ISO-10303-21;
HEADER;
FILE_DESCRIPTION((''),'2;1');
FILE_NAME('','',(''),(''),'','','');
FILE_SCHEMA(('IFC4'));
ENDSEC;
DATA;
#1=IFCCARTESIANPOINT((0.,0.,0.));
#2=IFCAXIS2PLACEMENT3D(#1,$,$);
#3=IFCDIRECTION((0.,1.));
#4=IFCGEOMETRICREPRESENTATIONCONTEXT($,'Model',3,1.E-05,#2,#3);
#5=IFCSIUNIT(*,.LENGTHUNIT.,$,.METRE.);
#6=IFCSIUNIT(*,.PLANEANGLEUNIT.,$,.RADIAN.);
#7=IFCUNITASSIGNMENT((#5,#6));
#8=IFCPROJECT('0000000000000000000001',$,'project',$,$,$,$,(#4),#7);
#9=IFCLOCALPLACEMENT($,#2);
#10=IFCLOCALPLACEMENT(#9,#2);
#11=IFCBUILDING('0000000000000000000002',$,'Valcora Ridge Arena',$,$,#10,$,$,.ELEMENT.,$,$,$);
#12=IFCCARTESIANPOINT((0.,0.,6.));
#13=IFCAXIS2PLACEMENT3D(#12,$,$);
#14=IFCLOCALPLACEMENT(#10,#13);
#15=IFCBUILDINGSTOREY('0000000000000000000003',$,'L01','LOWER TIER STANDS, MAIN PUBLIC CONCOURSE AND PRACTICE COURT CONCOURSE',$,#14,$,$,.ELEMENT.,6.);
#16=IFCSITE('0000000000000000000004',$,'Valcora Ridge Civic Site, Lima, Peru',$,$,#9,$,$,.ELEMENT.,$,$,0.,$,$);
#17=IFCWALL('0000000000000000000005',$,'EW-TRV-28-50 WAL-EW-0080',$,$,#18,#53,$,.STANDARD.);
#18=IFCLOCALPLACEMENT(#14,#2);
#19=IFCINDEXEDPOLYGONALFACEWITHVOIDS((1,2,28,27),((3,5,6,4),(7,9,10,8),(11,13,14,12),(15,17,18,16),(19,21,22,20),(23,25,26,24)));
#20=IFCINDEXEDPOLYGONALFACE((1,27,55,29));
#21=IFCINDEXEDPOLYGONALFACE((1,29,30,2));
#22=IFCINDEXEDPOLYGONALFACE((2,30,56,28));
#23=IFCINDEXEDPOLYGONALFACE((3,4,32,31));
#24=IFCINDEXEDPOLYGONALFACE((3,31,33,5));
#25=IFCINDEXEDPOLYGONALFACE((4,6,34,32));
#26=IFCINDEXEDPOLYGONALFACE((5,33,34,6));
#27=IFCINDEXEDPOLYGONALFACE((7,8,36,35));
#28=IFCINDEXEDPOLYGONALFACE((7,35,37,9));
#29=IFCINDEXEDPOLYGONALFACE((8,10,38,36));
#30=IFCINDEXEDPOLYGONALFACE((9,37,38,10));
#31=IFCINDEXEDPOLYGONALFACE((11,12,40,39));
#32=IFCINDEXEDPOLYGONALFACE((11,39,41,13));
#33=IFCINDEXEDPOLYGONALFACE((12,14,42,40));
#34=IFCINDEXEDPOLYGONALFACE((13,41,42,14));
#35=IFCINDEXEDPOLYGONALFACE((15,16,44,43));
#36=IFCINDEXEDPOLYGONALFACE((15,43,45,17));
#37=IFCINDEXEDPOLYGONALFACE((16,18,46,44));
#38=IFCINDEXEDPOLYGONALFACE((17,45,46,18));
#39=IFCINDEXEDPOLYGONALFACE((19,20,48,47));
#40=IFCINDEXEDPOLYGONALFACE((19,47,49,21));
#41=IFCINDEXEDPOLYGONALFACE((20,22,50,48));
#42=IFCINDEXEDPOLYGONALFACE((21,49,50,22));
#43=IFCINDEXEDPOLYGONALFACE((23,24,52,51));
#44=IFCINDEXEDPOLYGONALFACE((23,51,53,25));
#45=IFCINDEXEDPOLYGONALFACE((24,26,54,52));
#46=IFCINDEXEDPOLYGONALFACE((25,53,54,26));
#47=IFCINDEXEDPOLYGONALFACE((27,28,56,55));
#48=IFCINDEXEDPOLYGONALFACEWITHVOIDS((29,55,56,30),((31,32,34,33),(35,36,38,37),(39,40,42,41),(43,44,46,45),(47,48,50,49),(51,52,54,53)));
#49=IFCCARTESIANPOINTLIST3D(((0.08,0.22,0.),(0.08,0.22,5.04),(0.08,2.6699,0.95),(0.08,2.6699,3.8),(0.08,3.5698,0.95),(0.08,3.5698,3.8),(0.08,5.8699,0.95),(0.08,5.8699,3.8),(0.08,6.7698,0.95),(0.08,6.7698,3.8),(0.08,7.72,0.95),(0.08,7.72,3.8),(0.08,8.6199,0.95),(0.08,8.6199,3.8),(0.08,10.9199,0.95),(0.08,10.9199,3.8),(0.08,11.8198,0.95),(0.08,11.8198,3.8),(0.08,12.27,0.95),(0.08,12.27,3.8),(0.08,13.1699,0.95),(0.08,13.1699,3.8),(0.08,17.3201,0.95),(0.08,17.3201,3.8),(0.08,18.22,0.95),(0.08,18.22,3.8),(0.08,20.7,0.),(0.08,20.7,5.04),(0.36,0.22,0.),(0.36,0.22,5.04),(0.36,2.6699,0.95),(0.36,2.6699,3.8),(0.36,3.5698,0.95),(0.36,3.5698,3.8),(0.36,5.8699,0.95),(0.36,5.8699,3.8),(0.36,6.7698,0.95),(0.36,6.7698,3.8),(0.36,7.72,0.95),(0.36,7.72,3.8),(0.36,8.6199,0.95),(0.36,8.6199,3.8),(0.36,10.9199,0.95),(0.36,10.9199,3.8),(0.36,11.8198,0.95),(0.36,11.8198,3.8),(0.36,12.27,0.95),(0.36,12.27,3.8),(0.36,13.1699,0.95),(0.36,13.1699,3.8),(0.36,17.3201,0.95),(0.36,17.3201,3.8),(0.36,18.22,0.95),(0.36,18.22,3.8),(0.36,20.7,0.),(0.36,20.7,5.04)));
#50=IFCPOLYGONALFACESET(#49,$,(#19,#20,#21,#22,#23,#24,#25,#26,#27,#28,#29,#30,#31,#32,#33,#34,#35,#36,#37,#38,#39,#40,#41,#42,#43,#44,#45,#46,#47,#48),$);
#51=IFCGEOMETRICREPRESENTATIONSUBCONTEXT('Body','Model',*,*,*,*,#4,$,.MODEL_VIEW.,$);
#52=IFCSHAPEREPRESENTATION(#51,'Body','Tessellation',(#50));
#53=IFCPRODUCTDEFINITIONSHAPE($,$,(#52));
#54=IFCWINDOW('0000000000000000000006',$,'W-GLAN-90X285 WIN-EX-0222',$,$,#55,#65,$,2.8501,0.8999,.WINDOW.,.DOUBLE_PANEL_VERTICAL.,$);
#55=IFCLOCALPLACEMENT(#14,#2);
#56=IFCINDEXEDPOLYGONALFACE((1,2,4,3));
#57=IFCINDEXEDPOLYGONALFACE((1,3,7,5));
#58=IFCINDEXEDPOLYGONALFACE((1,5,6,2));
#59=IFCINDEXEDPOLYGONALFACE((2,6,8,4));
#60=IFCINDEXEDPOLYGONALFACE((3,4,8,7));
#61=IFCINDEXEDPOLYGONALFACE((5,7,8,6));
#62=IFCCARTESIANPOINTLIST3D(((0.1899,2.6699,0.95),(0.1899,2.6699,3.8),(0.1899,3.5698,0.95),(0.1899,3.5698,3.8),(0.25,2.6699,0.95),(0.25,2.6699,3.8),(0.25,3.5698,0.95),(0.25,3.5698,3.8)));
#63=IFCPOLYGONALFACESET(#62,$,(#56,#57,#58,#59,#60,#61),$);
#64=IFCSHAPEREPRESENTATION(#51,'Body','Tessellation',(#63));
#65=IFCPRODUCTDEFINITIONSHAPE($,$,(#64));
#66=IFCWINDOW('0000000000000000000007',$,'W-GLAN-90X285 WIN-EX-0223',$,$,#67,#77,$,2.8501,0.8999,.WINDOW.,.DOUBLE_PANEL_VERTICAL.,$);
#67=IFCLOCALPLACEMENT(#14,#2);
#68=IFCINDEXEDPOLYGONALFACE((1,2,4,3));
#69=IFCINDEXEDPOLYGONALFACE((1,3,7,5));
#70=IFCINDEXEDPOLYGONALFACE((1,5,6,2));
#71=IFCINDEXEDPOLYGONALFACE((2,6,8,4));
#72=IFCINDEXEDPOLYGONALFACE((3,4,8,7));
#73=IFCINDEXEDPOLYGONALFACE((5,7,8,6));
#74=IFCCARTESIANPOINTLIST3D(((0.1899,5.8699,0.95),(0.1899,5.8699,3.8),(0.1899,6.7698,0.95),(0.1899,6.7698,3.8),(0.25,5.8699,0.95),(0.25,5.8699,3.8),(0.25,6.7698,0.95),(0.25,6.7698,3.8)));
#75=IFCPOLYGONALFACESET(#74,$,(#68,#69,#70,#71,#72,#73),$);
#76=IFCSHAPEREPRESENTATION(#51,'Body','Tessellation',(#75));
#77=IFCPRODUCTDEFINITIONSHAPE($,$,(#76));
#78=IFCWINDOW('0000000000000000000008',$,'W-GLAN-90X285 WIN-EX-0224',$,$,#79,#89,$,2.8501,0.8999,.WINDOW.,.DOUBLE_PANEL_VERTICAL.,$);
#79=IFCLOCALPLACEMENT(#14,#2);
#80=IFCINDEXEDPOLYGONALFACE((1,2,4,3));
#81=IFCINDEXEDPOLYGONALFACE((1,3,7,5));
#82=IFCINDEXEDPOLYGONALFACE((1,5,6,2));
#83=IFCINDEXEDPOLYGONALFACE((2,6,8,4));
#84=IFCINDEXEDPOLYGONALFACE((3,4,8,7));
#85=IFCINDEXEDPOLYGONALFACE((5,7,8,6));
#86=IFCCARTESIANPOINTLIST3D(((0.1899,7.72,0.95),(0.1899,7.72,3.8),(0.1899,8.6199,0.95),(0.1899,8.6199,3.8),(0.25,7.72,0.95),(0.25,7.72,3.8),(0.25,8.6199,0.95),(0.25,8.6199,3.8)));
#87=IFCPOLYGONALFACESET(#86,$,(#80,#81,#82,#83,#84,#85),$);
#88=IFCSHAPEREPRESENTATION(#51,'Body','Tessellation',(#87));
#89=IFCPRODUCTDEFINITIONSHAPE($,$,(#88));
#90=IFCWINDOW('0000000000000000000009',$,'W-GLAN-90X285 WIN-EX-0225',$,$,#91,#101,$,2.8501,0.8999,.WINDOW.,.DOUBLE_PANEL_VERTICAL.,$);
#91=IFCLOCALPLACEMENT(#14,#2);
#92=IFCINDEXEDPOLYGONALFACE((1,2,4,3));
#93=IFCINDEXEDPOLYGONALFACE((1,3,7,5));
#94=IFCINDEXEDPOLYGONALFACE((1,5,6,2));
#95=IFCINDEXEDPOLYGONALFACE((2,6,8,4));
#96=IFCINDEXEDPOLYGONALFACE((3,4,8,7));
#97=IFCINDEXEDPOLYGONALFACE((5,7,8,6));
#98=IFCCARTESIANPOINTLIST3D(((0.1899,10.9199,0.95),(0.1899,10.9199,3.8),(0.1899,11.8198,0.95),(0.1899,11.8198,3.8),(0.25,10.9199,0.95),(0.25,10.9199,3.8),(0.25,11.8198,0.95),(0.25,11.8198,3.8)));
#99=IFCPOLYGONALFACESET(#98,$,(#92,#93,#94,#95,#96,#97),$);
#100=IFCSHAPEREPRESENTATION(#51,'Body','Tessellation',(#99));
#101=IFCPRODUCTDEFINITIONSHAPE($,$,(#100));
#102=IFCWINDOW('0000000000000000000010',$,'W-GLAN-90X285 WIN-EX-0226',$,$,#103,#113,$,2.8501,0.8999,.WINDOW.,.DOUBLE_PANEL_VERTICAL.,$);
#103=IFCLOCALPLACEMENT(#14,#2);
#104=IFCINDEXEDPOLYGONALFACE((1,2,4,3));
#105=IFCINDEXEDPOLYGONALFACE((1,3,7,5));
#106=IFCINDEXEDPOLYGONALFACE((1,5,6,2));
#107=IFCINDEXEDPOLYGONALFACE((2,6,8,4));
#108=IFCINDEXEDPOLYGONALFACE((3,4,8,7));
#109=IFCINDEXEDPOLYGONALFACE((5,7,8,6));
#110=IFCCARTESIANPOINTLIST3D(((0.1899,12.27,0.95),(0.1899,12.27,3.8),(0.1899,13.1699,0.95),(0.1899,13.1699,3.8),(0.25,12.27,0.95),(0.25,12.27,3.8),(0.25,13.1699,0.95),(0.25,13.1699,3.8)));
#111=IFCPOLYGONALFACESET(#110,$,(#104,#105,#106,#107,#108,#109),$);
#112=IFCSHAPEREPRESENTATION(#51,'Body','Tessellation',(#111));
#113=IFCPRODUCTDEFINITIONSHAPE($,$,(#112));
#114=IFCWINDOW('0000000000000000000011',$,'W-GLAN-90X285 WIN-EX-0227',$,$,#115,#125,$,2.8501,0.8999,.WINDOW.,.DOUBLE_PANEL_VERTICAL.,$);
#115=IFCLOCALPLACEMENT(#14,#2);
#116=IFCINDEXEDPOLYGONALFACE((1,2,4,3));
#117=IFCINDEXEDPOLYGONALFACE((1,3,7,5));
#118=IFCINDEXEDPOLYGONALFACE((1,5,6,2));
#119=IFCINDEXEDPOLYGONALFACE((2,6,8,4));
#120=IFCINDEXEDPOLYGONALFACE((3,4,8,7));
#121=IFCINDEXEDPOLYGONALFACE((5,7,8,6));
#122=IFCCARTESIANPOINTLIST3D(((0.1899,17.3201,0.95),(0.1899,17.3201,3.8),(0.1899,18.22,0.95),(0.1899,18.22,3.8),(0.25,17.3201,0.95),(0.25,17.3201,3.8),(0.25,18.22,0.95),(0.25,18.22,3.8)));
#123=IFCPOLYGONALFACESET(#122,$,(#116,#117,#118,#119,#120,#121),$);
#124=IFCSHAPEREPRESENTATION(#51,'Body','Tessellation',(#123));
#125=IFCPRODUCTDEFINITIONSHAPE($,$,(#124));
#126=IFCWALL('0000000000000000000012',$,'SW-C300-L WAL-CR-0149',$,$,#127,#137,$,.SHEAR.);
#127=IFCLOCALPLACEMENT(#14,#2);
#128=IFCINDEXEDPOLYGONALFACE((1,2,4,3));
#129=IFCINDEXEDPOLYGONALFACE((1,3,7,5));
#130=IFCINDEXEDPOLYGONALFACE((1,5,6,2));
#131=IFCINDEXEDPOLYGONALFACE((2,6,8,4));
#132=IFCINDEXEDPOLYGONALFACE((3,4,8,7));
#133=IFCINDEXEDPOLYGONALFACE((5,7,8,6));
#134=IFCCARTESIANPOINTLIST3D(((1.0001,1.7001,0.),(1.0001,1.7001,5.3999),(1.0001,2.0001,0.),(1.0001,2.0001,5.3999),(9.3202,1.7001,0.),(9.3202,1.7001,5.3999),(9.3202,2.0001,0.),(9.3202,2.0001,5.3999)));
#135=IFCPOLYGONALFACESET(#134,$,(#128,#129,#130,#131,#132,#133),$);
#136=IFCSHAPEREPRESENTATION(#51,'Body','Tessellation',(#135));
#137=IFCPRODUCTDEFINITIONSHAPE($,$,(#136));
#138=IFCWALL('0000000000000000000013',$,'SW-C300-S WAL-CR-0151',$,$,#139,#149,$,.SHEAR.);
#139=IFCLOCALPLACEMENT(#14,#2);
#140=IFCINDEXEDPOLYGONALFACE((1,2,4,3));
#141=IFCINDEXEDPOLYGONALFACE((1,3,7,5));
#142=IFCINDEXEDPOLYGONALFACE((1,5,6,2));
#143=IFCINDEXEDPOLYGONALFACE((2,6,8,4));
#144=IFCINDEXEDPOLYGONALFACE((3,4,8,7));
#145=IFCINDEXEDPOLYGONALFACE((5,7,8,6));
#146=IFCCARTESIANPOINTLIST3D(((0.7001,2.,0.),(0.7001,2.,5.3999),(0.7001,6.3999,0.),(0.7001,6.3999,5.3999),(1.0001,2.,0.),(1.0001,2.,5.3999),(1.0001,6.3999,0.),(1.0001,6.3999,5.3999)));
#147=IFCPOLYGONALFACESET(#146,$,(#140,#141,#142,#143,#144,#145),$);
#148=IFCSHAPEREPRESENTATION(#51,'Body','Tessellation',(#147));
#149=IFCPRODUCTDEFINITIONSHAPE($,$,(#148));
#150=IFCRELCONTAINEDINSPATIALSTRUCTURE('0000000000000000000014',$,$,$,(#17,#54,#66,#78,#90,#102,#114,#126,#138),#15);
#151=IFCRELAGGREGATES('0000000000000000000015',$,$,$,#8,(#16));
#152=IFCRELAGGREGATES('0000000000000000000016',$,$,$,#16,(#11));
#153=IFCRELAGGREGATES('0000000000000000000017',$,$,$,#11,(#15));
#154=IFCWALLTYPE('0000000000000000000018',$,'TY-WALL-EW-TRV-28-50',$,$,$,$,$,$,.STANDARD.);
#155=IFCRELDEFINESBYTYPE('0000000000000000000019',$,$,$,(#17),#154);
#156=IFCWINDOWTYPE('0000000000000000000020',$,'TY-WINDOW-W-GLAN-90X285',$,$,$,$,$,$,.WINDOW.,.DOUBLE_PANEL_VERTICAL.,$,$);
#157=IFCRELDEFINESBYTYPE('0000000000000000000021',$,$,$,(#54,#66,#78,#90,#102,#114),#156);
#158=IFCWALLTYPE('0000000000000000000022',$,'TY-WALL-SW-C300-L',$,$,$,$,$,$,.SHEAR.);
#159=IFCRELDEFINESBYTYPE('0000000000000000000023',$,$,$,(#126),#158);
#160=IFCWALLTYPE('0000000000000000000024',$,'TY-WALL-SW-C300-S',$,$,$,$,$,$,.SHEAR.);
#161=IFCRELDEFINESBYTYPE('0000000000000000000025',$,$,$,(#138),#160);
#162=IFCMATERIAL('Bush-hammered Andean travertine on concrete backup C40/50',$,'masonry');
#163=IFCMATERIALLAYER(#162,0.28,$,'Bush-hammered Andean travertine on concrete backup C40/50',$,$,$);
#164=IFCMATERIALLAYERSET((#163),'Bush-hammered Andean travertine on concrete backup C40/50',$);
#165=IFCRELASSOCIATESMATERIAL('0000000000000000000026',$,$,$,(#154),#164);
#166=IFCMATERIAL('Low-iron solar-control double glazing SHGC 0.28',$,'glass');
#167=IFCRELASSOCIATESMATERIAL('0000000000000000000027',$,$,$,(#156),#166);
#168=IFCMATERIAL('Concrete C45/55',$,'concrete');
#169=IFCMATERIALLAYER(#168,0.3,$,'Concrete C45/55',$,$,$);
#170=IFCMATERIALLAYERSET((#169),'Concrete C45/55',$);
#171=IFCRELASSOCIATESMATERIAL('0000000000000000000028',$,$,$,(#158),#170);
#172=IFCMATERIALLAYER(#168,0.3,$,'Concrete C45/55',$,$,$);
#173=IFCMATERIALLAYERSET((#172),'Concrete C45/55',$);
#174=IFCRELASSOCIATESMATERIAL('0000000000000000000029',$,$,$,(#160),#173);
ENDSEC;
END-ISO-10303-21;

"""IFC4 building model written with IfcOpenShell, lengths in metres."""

from ifc_helpers import new_model, si_unit, direction, frame, frame_2d, origin, place, context, subcontext, project, spatial, rectangle, extrude, material, layer, layer_set, type_object, element, fill, save


model = new_model("IFC4")

# Units and contexts
model_context = context("Model", 3, precision=1e-05, world=origin(), true_north=direction((0.0, 1.0)))
body_context = subcontext(model_context, "Body", "Model", "MODEL_VIEW")
ifc_project = project(units=[si_unit("LENGTHUNIT", "METRE"), si_unit("PLANEANGLEUNIT", "RADIAN")], contexts=[model_context])

# Site, building, storey
site_placement = place(None, origin())
site = spatial("IfcSite", under=ifc_project, at=site_placement, Name="Valcora Ridge Civic Site, Lima, Peru", CompositionType="ELEMENT", RefElevation=0.0)
building_placement = place(site_placement, origin())
building = spatial("IfcBuilding", under=site, at=building_placement, Name="Valcora Ridge Arena", CompositionType="ELEMENT")
storey_placement = place(building_placement, frame((0.0, 0.0, 6.0)))
storey = spatial("IfcBuildingStorey", under=building, at=storey_placement, Name="L01", Description="LOWER TIER STANDS, MAIN PUBLIC CONCOURSE AND PRACTICE COURT CONCOURSE", CompositionType="ELEMENT", Elevation=6.0)

# Wall, openings, windows
ifc_material_1 = material(Name="Bush-hammered Andean travertine on concrete backup C40/50", Category="masonry")
ifc_layer_1 = layer(ifc_material_1, 0.28, Name="Bush-hammered Andean travertine on concrete backup C40/50")
ifc_layer_set_1 = layer_set([ifc_layer_1], Name="Bush-hammered Andean travertine on concrete backup C40/50")
wall_type_1 = type_object("IfcWallType", Name="TY-WALL-EW-TRV-28-50", PredefinedType="STANDARD", material=ifc_layer_set_1)
ifc_material_2 = material(Name="Low-iron solar-control double glazing SHGC 0.28", Category="glass")
window_type = type_object("IfcWindowType", Name="TY-WINDOW-W-GLAN-90X285", PartitioningType="DOUBLE_PANEL_VERTICAL", PredefinedType="WINDOW", material=ifc_material_2)
wall_1_placement = place(storey_placement, frame((0.22, 0.22, 0.0), z_axis=(0.0, 0.0, 1.0), x_axis=(0.0, 1.0, 0.0)))
wall_1 = element("IfcWall", 1, at=wall_1_placement, inside=storey, type_object=wall_type_1, Name="EW-TRV-28-50 WAL-EW-0080", PredefinedType="STANDARD", context=body_context, shape_type="SweptSolid", body=[
    extrude(rectangle(XDim=20.48, YDim=0.28, at=frame_2d((10.24, 0.0))), origin(), (0.0, 0.0, 1.0), 5.04),
])
opening_1_placement = place(wall_1_placement, frame((2.45, 0.0, 0.95)))
opening_1 = element("IfcOpeningElement", 2, at=opening_1_placement, cuts=wall_1, PredefinedType="OPENING", context=body_context, shape_type="SweptSolid", body=[
    extrude(rectangle(XDim=0.8999, YDim=2.8501, at=frame_2d((0.45, 1.425))), frame((0.0, 0.1499, 0.0), z_axis=(0.0, -1.0, 0.0), x_axis=(1.0, 0.0, 0.0)), (0.0, 0.0, 1.0), 0.3),
])
opening_2_placement = place(wall_1_placement, frame((5.6499, 0.0, 0.95)))
opening_2 = element("IfcOpeningElement", 3, at=opening_2_placement, cuts=wall_1, PredefinedType="OPENING", context=body_context, shape_type="SweptSolid", body=[
    extrude(rectangle(XDim=0.8999, YDim=2.8501, at=frame_2d((0.45, 1.425))), frame((0.0, 0.1499, 0.0), z_axis=(0.0, -1.0, 0.0), x_axis=(1.0, 0.0, 0.0)), (0.0, 0.0, 1.0), 0.3),
])
opening_3_placement = place(wall_1_placement, frame((7.5, 0.0, 0.95)))
opening_3 = element("IfcOpeningElement", 4, at=opening_3_placement, cuts=wall_1, PredefinedType="OPENING", context=body_context, shape_type="SweptSolid", body=[
    extrude(rectangle(XDim=0.8999, YDim=2.8501, at=frame_2d((0.45, 1.425))), frame((0.0, 0.1499, 0.0), z_axis=(0.0, -1.0, 0.0), x_axis=(1.0, 0.0, 0.0)), (0.0, 0.0, 1.0), 0.3),
])
opening_4_placement = place(wall_1_placement, frame((10.7, 0.0, 0.95)))
opening_4 = element("IfcOpeningElement", 5, at=opening_4_placement, cuts=wall_1, PredefinedType="OPENING", context=body_context, shape_type="SweptSolid", body=[
    extrude(rectangle(XDim=0.8999, YDim=2.8501, at=frame_2d((0.45, 1.425))), frame((0.0, 0.1499, 0.0), z_axis=(0.0, -1.0, 0.0), x_axis=(1.0, 0.0, 0.0)), (0.0, 0.0, 1.0), 0.3),
])
opening_5_placement = place(wall_1_placement, frame((12.05, 0.0, 0.95)))
opening_5 = element("IfcOpeningElement", 6, at=opening_5_placement, cuts=wall_1, PredefinedType="OPENING", context=body_context, shape_type="SweptSolid", body=[
    extrude(rectangle(XDim=0.8999, YDim=2.8501, at=frame_2d((0.45, 1.425))), frame((0.0, 0.1499, 0.0), z_axis=(0.0, -1.0, 0.0), x_axis=(1.0, 0.0, 0.0)), (0.0, 0.0, 1.0), 0.3),
])
opening_6_placement = place(wall_1_placement, frame((17.1001, 0.0, 0.95)))
opening_6 = element("IfcOpeningElement", 7, at=opening_6_placement, cuts=wall_1, PredefinedType="OPENING", context=body_context, shape_type="SweptSolid", body=[
    extrude(rectangle(XDim=0.8999, YDim=2.8501, at=frame_2d((0.45, 1.425))), frame((0.0, 0.1499, 0.0), z_axis=(0.0, -1.0, 0.0), x_axis=(1.0, 0.0, 0.0)), (0.0, 0.0, 1.0), 0.3),
])
window_1_placement = place(opening_1_placement, origin())
window_1 = element("IfcWindow", 8, at=window_1_placement, inside=storey, type_object=window_type, Name="W-GLAN-90X285 WIN-EX-0222", OverallHeight=2.8501, OverallWidth=0.8999, PartitioningType="DOUBLE_PANEL_VERTICAL", PredefinedType="WINDOW", context=body_context, shape_type="SweptSolid", body=[
    extrude(rectangle(XDim=0.8999, YDim=2.8501, at=frame_2d((0.45, 1.425))), frame((0.0, 0.03, 0.0), z_axis=(0.0, -1.0, 0.0), x_axis=(1.0, 0.0, 0.0)), (0.0, 0.0, 1.0), 0.0601),
])
fill(opening_1, window_1)
window_2_placement = place(opening_2_placement, origin())
window_2 = element("IfcWindow", 9, at=window_2_placement, inside=storey, type_object=window_type, Name="W-GLAN-90X285 WIN-EX-0223", OverallHeight=2.8501, OverallWidth=0.8999, PartitioningType="DOUBLE_PANEL_VERTICAL", PredefinedType="WINDOW", context=body_context, shape_type="SweptSolid", body=[
    extrude(rectangle(XDim=0.8999, YDim=2.8501, at=frame_2d((0.45, 1.425))), frame((0.0, 0.03, 0.0), z_axis=(0.0, -1.0, 0.0), x_axis=(1.0, 0.0, 0.0)), (0.0, 0.0, 1.0), 0.0601),
])
fill(opening_2, window_2)
window_3_placement = place(opening_3_placement, origin())
window_3 = element("IfcWindow", 10, at=window_3_placement, inside=storey, type_object=window_type, Name="W-GLAN-90X285 WIN-EX-0224", OverallHeight=2.8501, OverallWidth=0.8999, PartitioningType="DOUBLE_PANEL_VERTICAL", PredefinedType="WINDOW", context=body_context, shape_type="SweptSolid", body=[
    extrude(rectangle(XDim=0.8999, YDim=2.8501, at=frame_2d((0.45, 1.425))), frame((0.0, 0.03, 0.0), z_axis=(0.0, -1.0, 0.0), x_axis=(1.0, 0.0, 0.0)), (0.0, 0.0, 1.0), 0.0601),
])
fill(opening_3, window_3)
window_4_placement = place(opening_4_placement, origin())
window_4 = element("IfcWindow", 11, at=window_4_placement, inside=storey, type_object=window_type, Name="W-GLAN-90X285 WIN-EX-0225", OverallHeight=2.8501, OverallWidth=0.8999, PartitioningType="DOUBLE_PANEL_VERTICAL", PredefinedType="WINDOW", context=body_context, shape_type="SweptSolid", body=[
    extrude(rectangle(XDim=0.8999, YDim=2.8501, at=frame_2d((0.45, 1.425))), frame((0.0, 0.03, 0.0), z_axis=(0.0, -1.0, 0.0), x_axis=(1.0, 0.0, 0.0)), (0.0, 0.0, 1.0), 0.0601),
])
fill(opening_4, window_4)
window_5_placement = place(opening_5_placement, origin())
window_5 = element("IfcWindow", 12, at=window_5_placement, inside=storey, type_object=window_type, Name="W-GLAN-90X285 WIN-EX-0226", OverallHeight=2.8501, OverallWidth=0.8999, PartitioningType="DOUBLE_PANEL_VERTICAL", PredefinedType="WINDOW", context=body_context, shape_type="SweptSolid", body=[
    extrude(rectangle(XDim=0.8999, YDim=2.8501, at=frame_2d((0.45, 1.425))), frame((0.0, 0.03, 0.0), z_axis=(0.0, -1.0, 0.0), x_axis=(1.0, 0.0, 0.0)), (0.0, 0.0, 1.0), 0.0601),
])
fill(opening_5, window_5)
window_6_placement = place(opening_6_placement, origin())
window_6 = element("IfcWindow", 13, at=window_6_placement, inside=storey, type_object=window_type, Name="W-GLAN-90X285 WIN-EX-0227", OverallHeight=2.8501, OverallWidth=0.8999, PartitioningType="DOUBLE_PANEL_VERTICAL", PredefinedType="WINDOW", context=body_context, shape_type="SweptSolid", body=[
    extrude(rectangle(XDim=0.8999, YDim=2.8501, at=frame_2d((0.45, 1.425))), frame((0.0, 0.03, 0.0), z_axis=(0.0, -1.0, 0.0), x_axis=(1.0, 0.0, 0.0)), (0.0, 0.0, 1.0), 0.0601),
])
fill(opening_6, window_6)

# Walls
ifc_material_3 = material(Name="Concrete C45/55", Category="concrete")
ifc_layer_2 = layer(ifc_material_3, 0.3, Name="Concrete C45/55")
ifc_layer_set_2 = layer_set([ifc_layer_2], Name="Concrete C45/55")
wall_type_2 = type_object("IfcWallType", Name="TY-WALL-SW-C300-L", PredefinedType="SHEAR", material=ifc_layer_set_2)
wall_2_placement = place(storey_placement, frame((1.0, 1.8501, 0.0), z_axis=(0.0, 0.0, 1.0), x_axis=(1.0, 0.0, 0.0)))
element("IfcWall", 14, at=wall_2_placement, inside=storey, type_object=wall_type_2, Name="SW-C300-L WAL-CR-0149", PredefinedType="SHEAR", context=body_context, shape_type="SweptSolid", body=[
    extrude(rectangle(XDim=8.3201, YDim=0.3, at=frame_2d((4.1602, 0.0))), origin(), (0.0, 0.0, 1.0), 5.3999),
])
ifc_layer_3 = layer(ifc_material_3, 0.3, Name="Concrete C45/55")
ifc_layer_set_3 = layer_set([ifc_layer_3], Name="Concrete C45/55")
wall_type_3 = type_object("IfcWallType", Name="TY-WALL-SW-C300-S", PredefinedType="SHEAR", material=ifc_layer_set_3)
wall_3_placement = place(storey_placement, frame((0.8501, 2.0, 0.0), z_axis=(0.0, 0.0, 1.0), x_axis=(0.0, 1.0, 0.0)))
element("IfcWall", 15, at=wall_3_placement, inside=storey, type_object=wall_type_3, Name="SW-C300-S WAL-CR-0151", PredefinedType="SHEAR", context=body_context, shape_type="SweptSolid", body=[
    extrude(rectangle(XDim=4.3999, YDim=0.3, at=frame_2d((2.2, 0.0))), origin(), (0.0, 0.0, 1.0), 5.3999),
])

save(model, "model.ifc")
